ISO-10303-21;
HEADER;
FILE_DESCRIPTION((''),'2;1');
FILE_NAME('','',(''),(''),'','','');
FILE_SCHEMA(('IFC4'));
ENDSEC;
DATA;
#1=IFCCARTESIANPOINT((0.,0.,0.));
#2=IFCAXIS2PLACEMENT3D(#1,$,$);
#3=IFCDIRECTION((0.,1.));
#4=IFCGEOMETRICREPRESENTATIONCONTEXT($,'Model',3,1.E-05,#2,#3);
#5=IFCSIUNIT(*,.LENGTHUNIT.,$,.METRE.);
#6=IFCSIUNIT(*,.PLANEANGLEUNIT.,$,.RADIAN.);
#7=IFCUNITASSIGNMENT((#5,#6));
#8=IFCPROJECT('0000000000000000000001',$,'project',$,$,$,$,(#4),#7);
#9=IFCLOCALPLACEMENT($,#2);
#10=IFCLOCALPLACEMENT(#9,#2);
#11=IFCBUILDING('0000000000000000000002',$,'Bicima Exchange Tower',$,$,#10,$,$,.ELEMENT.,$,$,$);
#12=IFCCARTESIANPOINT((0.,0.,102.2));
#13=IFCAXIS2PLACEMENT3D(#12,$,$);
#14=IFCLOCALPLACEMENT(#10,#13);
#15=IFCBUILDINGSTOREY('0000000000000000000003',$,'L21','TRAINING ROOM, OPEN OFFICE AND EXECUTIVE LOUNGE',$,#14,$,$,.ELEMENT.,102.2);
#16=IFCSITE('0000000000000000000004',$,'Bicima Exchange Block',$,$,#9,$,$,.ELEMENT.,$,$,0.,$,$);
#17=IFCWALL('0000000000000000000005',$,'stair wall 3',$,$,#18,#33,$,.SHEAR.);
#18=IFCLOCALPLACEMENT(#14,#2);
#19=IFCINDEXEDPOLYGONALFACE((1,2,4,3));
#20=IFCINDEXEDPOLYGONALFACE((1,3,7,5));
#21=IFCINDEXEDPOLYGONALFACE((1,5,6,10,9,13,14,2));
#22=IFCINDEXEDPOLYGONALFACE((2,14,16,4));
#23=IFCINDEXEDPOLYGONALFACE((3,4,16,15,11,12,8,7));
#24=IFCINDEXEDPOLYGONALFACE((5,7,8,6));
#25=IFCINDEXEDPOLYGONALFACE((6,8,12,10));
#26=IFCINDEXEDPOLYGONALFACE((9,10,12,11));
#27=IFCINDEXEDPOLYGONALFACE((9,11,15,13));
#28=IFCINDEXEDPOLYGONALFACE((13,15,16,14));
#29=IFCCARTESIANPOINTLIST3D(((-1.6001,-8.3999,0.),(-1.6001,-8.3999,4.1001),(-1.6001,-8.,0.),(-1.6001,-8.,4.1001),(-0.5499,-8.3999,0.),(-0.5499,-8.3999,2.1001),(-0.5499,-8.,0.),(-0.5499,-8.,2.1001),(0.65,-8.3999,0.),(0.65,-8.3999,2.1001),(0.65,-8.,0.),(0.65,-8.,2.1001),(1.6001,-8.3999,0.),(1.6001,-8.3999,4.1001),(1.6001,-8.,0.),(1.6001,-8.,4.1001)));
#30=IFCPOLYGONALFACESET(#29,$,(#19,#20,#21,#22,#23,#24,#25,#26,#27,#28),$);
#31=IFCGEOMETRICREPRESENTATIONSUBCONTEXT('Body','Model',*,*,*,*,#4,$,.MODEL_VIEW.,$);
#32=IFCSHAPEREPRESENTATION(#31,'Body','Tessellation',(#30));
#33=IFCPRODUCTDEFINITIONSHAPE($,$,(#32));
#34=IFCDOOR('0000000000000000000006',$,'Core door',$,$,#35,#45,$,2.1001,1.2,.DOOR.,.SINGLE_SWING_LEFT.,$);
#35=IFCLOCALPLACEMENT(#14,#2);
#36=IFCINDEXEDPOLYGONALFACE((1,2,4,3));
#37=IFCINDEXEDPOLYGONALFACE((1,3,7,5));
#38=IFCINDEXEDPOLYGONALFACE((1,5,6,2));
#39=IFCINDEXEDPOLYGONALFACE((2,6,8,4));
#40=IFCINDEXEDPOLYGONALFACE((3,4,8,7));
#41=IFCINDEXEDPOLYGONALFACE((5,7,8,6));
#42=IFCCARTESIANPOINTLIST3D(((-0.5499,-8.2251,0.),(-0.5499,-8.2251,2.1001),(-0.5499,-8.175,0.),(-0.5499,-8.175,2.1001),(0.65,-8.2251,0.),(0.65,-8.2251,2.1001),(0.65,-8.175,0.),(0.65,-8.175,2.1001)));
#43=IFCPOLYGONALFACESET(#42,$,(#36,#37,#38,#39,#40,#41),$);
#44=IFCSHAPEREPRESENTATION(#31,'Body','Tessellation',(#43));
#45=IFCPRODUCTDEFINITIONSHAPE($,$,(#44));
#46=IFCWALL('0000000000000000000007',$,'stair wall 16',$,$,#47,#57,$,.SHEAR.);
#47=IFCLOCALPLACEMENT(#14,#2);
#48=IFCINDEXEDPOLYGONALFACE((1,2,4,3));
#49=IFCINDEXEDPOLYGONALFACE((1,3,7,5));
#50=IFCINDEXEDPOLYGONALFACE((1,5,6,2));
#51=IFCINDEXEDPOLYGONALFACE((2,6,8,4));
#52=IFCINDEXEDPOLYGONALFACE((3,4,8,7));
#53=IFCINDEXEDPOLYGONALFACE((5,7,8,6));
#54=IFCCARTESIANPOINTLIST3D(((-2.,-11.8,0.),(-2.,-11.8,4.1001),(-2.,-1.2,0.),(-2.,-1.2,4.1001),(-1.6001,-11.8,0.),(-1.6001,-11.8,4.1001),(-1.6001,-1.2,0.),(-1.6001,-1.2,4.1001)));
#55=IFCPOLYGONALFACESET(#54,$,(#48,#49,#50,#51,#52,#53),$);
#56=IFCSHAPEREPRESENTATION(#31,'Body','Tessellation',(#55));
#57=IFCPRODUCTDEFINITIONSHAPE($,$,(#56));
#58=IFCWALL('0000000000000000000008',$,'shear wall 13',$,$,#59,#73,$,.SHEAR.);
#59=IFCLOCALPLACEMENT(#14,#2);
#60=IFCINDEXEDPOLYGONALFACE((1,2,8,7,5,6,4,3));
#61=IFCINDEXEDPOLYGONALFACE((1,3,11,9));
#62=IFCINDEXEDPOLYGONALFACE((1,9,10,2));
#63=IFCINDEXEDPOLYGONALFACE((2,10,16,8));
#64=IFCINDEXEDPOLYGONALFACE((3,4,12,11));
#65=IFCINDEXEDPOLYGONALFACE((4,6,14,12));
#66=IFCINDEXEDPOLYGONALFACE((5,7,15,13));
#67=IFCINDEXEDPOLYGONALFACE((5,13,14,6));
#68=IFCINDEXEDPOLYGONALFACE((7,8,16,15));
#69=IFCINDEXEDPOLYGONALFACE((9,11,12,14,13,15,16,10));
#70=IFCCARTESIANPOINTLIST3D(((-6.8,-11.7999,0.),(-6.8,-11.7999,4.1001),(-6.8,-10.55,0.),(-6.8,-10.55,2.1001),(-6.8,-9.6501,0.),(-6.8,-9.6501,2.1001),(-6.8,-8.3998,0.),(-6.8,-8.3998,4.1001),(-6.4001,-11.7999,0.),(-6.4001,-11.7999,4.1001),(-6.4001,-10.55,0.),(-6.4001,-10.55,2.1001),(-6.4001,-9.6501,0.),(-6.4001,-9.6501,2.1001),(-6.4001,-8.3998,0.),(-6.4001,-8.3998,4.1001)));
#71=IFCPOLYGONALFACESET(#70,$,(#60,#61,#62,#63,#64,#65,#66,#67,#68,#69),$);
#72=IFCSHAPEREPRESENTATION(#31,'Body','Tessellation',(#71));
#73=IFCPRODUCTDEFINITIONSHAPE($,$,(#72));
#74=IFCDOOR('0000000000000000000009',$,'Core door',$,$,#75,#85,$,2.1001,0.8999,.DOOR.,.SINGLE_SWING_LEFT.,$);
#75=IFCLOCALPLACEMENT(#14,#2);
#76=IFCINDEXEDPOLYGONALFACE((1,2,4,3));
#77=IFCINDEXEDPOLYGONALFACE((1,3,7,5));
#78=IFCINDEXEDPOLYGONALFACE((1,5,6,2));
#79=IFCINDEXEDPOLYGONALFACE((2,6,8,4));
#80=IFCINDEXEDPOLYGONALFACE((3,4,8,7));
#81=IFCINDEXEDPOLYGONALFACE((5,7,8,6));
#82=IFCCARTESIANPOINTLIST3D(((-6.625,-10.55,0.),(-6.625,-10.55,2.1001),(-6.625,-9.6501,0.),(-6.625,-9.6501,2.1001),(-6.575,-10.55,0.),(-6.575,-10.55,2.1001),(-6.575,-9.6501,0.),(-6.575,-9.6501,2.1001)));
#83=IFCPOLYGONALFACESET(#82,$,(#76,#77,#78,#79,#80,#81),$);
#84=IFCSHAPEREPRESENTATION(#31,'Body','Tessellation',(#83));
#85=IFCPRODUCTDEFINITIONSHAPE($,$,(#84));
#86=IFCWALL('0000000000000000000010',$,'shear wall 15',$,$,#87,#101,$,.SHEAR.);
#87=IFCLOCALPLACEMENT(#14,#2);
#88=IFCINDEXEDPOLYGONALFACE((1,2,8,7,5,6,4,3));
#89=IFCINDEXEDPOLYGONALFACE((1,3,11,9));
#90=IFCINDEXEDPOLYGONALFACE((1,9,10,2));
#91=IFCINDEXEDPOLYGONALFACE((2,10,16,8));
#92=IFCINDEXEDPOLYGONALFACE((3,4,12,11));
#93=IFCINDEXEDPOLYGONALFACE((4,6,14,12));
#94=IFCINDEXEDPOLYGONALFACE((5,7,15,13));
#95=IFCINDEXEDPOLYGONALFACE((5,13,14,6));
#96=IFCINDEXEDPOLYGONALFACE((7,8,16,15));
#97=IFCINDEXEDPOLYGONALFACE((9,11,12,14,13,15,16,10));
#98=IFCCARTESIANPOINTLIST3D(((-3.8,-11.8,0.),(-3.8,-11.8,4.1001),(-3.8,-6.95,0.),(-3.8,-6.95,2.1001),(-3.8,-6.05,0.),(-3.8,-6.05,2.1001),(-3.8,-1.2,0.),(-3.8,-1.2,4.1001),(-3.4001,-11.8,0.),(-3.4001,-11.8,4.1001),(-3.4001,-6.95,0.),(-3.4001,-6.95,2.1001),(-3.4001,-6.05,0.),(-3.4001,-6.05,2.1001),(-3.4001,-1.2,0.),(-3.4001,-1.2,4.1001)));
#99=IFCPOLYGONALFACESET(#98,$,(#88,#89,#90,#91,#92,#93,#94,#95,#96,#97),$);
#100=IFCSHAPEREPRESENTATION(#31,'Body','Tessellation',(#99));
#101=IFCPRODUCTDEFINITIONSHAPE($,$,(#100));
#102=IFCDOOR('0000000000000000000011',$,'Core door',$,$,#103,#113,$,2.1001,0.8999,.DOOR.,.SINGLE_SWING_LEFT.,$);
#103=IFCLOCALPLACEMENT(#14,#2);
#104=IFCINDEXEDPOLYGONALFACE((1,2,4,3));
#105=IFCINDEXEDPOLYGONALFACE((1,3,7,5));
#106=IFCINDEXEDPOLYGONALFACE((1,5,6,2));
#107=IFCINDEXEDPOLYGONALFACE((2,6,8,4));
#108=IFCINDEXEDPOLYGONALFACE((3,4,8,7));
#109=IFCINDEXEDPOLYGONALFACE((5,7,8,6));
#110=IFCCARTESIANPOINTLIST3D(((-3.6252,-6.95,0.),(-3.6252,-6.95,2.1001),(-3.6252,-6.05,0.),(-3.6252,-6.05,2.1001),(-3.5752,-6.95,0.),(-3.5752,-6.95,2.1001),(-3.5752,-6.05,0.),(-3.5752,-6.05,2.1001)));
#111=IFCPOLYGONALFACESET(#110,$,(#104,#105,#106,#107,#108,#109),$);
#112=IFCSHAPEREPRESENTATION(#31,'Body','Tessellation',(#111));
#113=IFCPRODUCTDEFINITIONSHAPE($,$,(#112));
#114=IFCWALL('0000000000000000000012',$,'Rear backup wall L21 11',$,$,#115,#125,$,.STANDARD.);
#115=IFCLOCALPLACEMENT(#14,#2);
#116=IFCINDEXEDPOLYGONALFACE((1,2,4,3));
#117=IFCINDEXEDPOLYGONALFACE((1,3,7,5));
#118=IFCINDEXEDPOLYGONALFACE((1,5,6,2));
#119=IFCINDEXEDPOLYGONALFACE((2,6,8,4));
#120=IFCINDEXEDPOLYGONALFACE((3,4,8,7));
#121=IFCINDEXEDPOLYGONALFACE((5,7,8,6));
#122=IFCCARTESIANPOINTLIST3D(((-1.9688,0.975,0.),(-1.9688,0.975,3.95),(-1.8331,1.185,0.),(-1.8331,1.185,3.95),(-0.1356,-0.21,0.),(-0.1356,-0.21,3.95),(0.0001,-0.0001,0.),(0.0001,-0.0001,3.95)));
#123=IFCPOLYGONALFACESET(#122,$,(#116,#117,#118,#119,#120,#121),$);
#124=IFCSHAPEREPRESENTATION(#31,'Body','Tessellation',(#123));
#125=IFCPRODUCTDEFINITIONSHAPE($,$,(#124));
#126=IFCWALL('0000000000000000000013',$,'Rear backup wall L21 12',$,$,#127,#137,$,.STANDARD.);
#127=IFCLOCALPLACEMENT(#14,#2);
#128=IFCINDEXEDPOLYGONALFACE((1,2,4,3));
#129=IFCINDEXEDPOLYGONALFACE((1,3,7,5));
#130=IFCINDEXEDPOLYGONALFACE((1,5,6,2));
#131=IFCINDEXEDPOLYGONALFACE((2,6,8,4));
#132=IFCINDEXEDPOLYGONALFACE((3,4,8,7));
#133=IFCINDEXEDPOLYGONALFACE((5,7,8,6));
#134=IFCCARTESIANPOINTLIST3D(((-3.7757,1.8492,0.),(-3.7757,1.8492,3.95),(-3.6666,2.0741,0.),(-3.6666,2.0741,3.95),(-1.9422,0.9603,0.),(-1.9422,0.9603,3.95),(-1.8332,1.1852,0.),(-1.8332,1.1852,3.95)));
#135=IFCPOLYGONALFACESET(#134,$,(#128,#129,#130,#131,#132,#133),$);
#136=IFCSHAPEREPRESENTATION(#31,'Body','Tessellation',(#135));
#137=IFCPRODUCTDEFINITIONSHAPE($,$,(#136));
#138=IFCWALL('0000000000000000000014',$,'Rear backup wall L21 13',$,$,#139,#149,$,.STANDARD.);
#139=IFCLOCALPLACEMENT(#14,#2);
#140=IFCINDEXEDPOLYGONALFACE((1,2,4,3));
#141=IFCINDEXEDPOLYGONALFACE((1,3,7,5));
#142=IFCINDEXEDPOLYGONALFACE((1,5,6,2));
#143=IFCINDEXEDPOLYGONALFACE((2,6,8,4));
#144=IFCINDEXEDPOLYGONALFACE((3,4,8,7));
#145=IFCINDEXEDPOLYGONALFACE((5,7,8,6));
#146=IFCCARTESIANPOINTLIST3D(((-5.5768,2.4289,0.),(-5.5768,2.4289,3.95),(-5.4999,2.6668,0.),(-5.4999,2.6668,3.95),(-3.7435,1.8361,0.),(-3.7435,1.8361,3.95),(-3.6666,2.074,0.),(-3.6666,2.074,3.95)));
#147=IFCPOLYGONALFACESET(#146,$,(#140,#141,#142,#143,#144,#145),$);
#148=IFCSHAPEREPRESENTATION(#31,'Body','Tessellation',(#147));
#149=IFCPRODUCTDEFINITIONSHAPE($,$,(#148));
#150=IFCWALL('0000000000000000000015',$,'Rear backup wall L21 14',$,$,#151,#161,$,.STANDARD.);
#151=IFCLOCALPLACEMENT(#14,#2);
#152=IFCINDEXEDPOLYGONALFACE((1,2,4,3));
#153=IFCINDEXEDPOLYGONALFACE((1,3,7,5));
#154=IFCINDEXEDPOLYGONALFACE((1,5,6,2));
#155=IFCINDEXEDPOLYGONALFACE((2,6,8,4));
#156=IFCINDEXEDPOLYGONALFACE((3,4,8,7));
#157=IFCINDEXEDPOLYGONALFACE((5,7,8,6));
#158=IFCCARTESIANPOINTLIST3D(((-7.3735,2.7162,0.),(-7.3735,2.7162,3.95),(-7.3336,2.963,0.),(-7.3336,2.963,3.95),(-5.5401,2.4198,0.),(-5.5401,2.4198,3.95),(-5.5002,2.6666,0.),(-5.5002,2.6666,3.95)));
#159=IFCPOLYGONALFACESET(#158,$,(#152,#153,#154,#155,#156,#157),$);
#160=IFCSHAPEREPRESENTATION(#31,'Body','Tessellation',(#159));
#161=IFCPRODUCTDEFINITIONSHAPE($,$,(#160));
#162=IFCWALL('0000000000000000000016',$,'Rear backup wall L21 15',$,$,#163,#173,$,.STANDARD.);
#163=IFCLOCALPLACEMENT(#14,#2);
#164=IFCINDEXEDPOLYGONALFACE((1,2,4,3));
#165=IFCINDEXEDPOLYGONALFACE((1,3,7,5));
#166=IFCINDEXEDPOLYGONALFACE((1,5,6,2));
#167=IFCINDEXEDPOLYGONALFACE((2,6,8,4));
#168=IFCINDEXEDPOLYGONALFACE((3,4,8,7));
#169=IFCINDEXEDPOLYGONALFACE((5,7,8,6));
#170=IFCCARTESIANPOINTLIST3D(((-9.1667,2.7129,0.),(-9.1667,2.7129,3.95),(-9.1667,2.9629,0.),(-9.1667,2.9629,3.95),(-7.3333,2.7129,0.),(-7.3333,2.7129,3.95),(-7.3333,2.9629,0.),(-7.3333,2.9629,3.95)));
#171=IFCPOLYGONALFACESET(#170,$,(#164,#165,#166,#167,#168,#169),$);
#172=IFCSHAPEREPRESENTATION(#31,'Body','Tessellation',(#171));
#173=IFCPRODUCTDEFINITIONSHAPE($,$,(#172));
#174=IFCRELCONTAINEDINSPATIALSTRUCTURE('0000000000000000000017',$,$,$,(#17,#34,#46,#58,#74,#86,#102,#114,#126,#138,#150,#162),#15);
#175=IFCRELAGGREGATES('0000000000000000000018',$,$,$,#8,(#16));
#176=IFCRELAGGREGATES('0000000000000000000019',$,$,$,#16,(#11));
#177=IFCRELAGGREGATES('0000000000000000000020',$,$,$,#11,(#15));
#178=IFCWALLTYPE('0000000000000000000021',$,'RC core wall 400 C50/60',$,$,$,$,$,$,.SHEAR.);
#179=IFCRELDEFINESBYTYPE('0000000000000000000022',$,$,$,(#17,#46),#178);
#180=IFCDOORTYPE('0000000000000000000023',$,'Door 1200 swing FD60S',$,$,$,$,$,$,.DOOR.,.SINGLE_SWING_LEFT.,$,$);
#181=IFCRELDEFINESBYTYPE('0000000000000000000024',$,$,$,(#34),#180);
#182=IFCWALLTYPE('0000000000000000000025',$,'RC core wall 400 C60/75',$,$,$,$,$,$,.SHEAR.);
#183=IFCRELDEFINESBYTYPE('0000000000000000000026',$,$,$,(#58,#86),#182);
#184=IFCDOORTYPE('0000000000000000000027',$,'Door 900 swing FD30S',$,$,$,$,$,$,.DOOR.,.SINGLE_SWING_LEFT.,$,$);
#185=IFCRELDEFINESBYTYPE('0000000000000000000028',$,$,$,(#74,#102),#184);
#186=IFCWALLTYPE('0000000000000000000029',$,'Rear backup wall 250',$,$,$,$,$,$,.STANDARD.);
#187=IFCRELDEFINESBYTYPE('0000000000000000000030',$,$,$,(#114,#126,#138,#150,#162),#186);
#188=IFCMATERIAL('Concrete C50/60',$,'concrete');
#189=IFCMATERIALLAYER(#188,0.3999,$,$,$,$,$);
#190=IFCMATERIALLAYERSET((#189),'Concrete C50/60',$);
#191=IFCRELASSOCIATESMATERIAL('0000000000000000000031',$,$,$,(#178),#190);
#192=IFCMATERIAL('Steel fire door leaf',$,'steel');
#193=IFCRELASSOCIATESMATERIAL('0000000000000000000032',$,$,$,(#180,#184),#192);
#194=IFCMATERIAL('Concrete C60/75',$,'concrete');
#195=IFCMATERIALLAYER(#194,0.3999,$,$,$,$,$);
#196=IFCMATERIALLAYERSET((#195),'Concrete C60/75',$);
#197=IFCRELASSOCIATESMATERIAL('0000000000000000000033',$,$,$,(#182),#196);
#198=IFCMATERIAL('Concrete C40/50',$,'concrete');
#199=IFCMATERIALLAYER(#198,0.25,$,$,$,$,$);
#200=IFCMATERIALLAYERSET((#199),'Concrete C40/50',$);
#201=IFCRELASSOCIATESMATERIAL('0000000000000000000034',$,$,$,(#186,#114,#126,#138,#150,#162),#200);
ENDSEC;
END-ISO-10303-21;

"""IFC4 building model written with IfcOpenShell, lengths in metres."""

from ifc_helpers import new_model, si_unit, direction, frame, frame_2d, origin, place, context, subcontext, project, spatial, rectangle, extrude, material, layer, layer_set, layer_usage, type_object, element, fill, save


model = new_model("IFC4")

# Units and contexts
model_context = context("Model", 3, precision=1e-05, world=origin(), true_north=direction((0.0, 1.0)))
body_context = subcontext(model_context, "Body", "Model", "MODEL_VIEW")
ifc_project = project(units=[si_unit("LENGTHUNIT", "METRE"), si_unit("PLANEANGLEUNIT", "RADIAN")], contexts=[model_context])

# Site, building, storey
site_placement = place(None, origin())
site = spatial("IfcSite", under=ifc_project, at=site_placement, Name="Bicima Exchange Block", CompositionType="ELEMENT", RefElevation=0.0)
building_placement = place(site_placement, origin())
building = spatial("IfcBuilding", under=site, at=building_placement, Name="Bicima Exchange Tower", CompositionType="ELEMENT")
storey_placement = place(building_placement, frame((0.0, 0.0, 102.2)))
storey = spatial("IfcBuildingStorey", under=building, at=storey_placement, Name="L21", Description="TRAINING ROOM, OPEN OFFICE AND EXECUTIVE LOUNGE", CompositionType="ELEMENT", Elevation=102.2)

# Shared definitions
ifc_material_1 = material(Name="Concrete C40/50", Category="concrete")

# Wall, opening, door
ifc_material_2 = material(Name="Concrete C50/60", Category="concrete")
ifc_layer_1 = layer(ifc_material_2, 0.3999)
ifc_layer_set_1 = layer_set([ifc_layer_1], Name="Concrete C50/60")
wall_type_1 = type_object("IfcWallType", Name="RC core wall 400 C50/60", PredefinedType="SHEAR", material=ifc_layer_set_1)
wall_1_placement = place(storey_placement, frame((-1.6001, -8.2, 0.0), z_axis=(0.0, 0.0, 1.0), x_axis=(1.0, 0.0, 0.0)))
wall_1 = element("IfcWall", 1, at=wall_1_placement, inside=storey, type_object=wall_type_1, Name="stair wall 3", PredefinedType="SHEAR", context=body_context, shape_type="SweptSolid", body=[
    extrude(rectangle(XDim=3.2002, YDim=0.3999, at=frame_2d((1.6001, 0.0))), origin(), (0.0, 0.0, 1.0), 4.1001),
])
opening_1_placement = place(wall_1_placement, frame((1.05, 0.0, 0.0)))
opening_1 = element("IfcOpeningElement", 2, at=opening_1_placement, cuts=wall_1, PredefinedType="OPENING", context=body_context, shape_type="SweptSolid", body=[
    extrude(rectangle(XDim=1.2, YDim=2.1001, at=frame_2d((0.6001, 1.05))), frame((0.0, 0.2119, 0.0), z_axis=(0.0, -1.0, 0.0), x_axis=(1.0, 0.0, 0.0)), (0.0, 0.0, 1.0), 0.4238),
])
ifc_material_3 = material(Name="Steel fire door leaf", Category="steel")
door_type_1 = type_object("IfcDoorType", Name="Door 1200 swing FD60S", OperationType="SINGLE_SWING_LEFT", PredefinedType="DOOR", material=ifc_material_3)
door_1_placement = place(opening_1_placement, origin())
door_1 = element("IfcDoor", 3, at=door_1_placement, inside=storey, type_object=door_type_1, Name="Core door", OperationType="SINGLE_SWING_LEFT", OverallHeight=2.1001, OverallWidth=1.2, PredefinedType="DOOR", context=body_context, shape_type="SweptSolid", body=[
    extrude(rectangle(XDim=1.2, YDim=2.1001, at=frame_2d((0.6001, 1.05))), frame((0.0, 0.0249, 0.0), z_axis=(0.0, -1.0, 0.0), x_axis=(1.0, 0.0, 0.0)), (0.0, 0.0, 1.0), 0.05),
])
fill(opening_1, door_1)

# Wall
wall_2_placement = place(storey_placement, frame((-1.8, -11.8, 0.0), z_axis=(0.0, 0.0, 1.0), x_axis=(0.0, 1.0, 0.0)))
element("IfcWall", 4, at=wall_2_placement, inside=storey, type_object=wall_type_1, Name="stair wall 16", PredefinedType="SHEAR", context=body_context, shape_type="SweptSolid", body=[
    extrude(rectangle(XDim=10.6001, YDim=0.3999, at=frame_2d((5.3, 0.0))), origin(), (0.0, 0.0, 1.0), 4.1001),
])

# Walls, openings, doors
ifc_material_4 = material(Name="Concrete C60/75", Category="concrete")
ifc_layer_2 = layer(ifc_material_4, 0.3999)
ifc_layer_set_2 = layer_set([ifc_layer_2], Name="Concrete C60/75")
wall_type_2 = type_object("IfcWallType", Name="RC core wall 400 C60/75", PredefinedType="SHEAR", material=ifc_layer_set_2)
wall_3_placement = place(storey_placement, frame((-6.6001, -11.8, 0.0), z_axis=(0.0, 0.0, 1.0), x_axis=(0.0, 1.0, 0.0)))
wall_3 = element("IfcWall", 5, at=wall_3_placement, inside=storey, type_object=wall_type_2, Name="shear wall 13", PredefinedType="SHEAR", context=body_context, shape_type="SweptSolid", body=[
    extrude(rectangle(XDim=3.4001, YDim=0.3999, at=frame_2d((1.7002, 0.0))), origin(), (0.0, 0.0, 1.0), 4.1001),
])
opening_2_placement = place(wall_3_placement, frame((1.25, 0.0, 0.0)))
opening_2 = element("IfcOpeningElement", 6, at=opening_2_placement, cuts=wall_3, PredefinedType="OPENING", context=body_context, shape_type="SweptSolid", body=[
    extrude(rectangle(XDim=0.8999, YDim=2.1001, at=frame_2d((0.45, 1.05))), frame((0.0, 0.2119, 0.0), z_axis=(0.0, -1.0, 0.0), x_axis=(1.0, 0.0, 0.0)), (0.0, 0.0, 1.0), 0.4238),
])
door_type_2 = type_object("IfcDoorType", Name="Door 900 swing FD30S", OperationType="SINGLE_SWING_LEFT", PredefinedType="DOOR", material=ifc_material_3)
door_2_placement = place(opening_2_placement, origin())
door_2 = element("IfcDoor", 7, at=door_2_placement, inside=storey, type_object=door_type_2, Name="Core door", OperationType="SINGLE_SWING_LEFT", OverallHeight=2.1001, OverallWidth=0.8999, PredefinedType="DOOR", context=body_context, shape_type="SweptSolid", body=[
    extrude(rectangle(XDim=0.8999, YDim=2.1001, at=frame_2d((0.45, 1.05))), frame((0.0, 0.0249, 0.0), z_axis=(0.0, -1.0, 0.0), x_axis=(1.0, 0.0, 0.0)), (0.0, 0.0, 1.0), 0.05),
])
fill(opening_2, door_2)
wall_4_placement = place(storey_placement, frame((-3.6001, -11.8, 0.0), z_axis=(0.0, 0.0, 1.0), x_axis=(0.0, 1.0, 0.0)))
wall_4 = element("IfcWall", 8, at=wall_4_placement, inside=storey, type_object=wall_type_2, Name="shear wall 15", PredefinedType="SHEAR", context=body_context, shape_type="SweptSolid", body=[
    extrude(rectangle(XDim=10.6001, YDim=0.3999, at=frame_2d((5.3, 0.0))), origin(), (0.0, 0.0, 1.0), 4.1001),
])
opening_3_placement = place(wall_4_placement, frame((4.8501, 0.0, 0.0)))
opening_3 = element("IfcOpeningElement", 9, at=opening_3_placement, cuts=wall_4, PredefinedType="OPENING", context=body_context, shape_type="SweptSolid", body=[
    extrude(rectangle(XDim=0.8999, YDim=2.1001, at=frame_2d((0.45, 1.05))), frame((0.0, 0.2119, 0.0), z_axis=(0.0, -1.0, 0.0), x_axis=(1.0, 0.0, 0.0)), (0.0, 0.0, 1.0), 0.4238),
])
door_3_placement = place(opening_3_placement, frame((0.8999, 0.0, 0.0), z_axis=(0.0, 0.0, 1.0), x_axis=(-1.0, 0.0, 0.0)))
door_3 = element("IfcDoor", 10, at=door_3_placement, inside=storey, type_object=door_type_2, Name="Core door", OperationType="SINGLE_SWING_LEFT", OverallHeight=2.1001, OverallWidth=0.8999, PredefinedType="DOOR", context=body_context, shape_type="SweptSolid", body=[
    extrude(rectangle(XDim=0.8999, YDim=2.1001, at=frame_2d((0.45, 1.05))), frame((0.0, 0.0249, 0.0), z_axis=(0.0, -1.0, 0.0), x_axis=(1.0, 0.0, 0.0)), (0.0, 0.0, 1.0), 0.05),
])
fill(opening_3, door_3)

# Walls
ifc_layer_3 = layer(ifc_material_1, 0.25)
ifc_layer_set_3 = layer_set([ifc_layer_3], Name="Concrete C40/50")
ifc_layer_usage = layer_usage(ifc_layer_set_3, "AXIS2", "POSITIVE", -0.125)
wall_type_3 = type_object("IfcWallType", Name="Rear backup wall 250", PredefinedType="STANDARD", material=ifc_layer_set_3)
wall_5_placement = place(storey_placement, frame((-0.0679, -0.105, 0.0), z_axis=(0.0, 0.0, 1.0), x_axis=(-0.839813, 0.542876, 0.0)))
element("IfcWall", 11, at=wall_5_placement, inside=storey, type_object=wall_type_3, material=ifc_layer_usage, Name="Rear backup wall L21 11", PredefinedType="STANDARD", context=body_context, shape_type="SweptSolid", body=[
    extrude(rectangle(XDim=2.1829, YDim=0.25, at=frame_2d((1.0913, 0.0))), origin(), (0.0, 0.0, 1.0), 3.95),
])
wall_6_placement = place(storey_placement, frame((-1.8877, 1.0728, 0.0), z_axis=(0.0, 0.0, 1.0), x_axis=(-0.899824, 0.436253, 0.0)))
element("IfcWall", 12, at=wall_6_placement, inside=storey, type_object=wall_type_3, material=ifc_layer_usage, Name="Rear backup wall L21 12", PredefinedType="STANDARD", context=body_context, shape_type="SweptSolid", body=[
    extrude(rectangle(XDim=2.0376, YDim=0.25, at=frame_2d((1.0188, 0.0))), origin(), (0.0, 0.0, 1.0), 3.95),
])
wall_7_placement = place(storey_placement, frame((-3.7051, 1.9551, 0.0), z_axis=(0.0, 0.0, 1.0), x_axis=(-0.951496, 0.307662, 0.0)))
element("IfcWall", 13, at=wall_7_placement, inside=storey, type_object=wall_type_3, material=ifc_layer_usage, Name="Rear backup wall L21 13", PredefinedType="STANDARD", context=body_context, shape_type="SweptSolid", body=[
    extrude(rectangle(XDim=1.9268, YDim=0.25, at=frame_2d((0.9634, 0.0))), origin(), (0.0, 0.0, 1.0), 3.95),
])
wall_8_placement = place(storey_placement, frame((-5.52, 2.5432, 0.0), z_axis=(0.0, 0.0, 1.0), x_axis=(-0.987182, 0.1596, 0.0)))
element("IfcWall", 14, at=wall_8_placement, inside=storey, type_object=wall_type_3, material=ifc_layer_usage, Name="Rear backup wall L21 14", PredefinedType="STANDARD", context=body_context, shape_type="SweptSolid", body=[
    extrude(rectangle(XDim=1.8572, YDim=0.25, at=frame_2d((0.9287, 0.0))), origin(), (0.0, 0.0, 1.0), 3.95),
])
wall_9_placement = place(storey_placement, frame((-7.3333, 2.8379, 0.0), z_axis=(0.0, 0.0, 1.0), x_axis=(-1.0, 0.0, 0.0)))
element("IfcWall", 15, at=wall_9_placement, inside=storey, type_object=wall_type_3, material=ifc_layer_usage, Name="Rear backup wall L21 15", PredefinedType="STANDARD", context=body_context, shape_type="SweptSolid", body=[
    extrude(rectangle(XDim=1.8335, YDim=0.25, at=frame_2d((0.9167, 0.0))), origin(), (0.0, 0.0, 1.0), 3.95),
])

save(model, "model.ifc")
